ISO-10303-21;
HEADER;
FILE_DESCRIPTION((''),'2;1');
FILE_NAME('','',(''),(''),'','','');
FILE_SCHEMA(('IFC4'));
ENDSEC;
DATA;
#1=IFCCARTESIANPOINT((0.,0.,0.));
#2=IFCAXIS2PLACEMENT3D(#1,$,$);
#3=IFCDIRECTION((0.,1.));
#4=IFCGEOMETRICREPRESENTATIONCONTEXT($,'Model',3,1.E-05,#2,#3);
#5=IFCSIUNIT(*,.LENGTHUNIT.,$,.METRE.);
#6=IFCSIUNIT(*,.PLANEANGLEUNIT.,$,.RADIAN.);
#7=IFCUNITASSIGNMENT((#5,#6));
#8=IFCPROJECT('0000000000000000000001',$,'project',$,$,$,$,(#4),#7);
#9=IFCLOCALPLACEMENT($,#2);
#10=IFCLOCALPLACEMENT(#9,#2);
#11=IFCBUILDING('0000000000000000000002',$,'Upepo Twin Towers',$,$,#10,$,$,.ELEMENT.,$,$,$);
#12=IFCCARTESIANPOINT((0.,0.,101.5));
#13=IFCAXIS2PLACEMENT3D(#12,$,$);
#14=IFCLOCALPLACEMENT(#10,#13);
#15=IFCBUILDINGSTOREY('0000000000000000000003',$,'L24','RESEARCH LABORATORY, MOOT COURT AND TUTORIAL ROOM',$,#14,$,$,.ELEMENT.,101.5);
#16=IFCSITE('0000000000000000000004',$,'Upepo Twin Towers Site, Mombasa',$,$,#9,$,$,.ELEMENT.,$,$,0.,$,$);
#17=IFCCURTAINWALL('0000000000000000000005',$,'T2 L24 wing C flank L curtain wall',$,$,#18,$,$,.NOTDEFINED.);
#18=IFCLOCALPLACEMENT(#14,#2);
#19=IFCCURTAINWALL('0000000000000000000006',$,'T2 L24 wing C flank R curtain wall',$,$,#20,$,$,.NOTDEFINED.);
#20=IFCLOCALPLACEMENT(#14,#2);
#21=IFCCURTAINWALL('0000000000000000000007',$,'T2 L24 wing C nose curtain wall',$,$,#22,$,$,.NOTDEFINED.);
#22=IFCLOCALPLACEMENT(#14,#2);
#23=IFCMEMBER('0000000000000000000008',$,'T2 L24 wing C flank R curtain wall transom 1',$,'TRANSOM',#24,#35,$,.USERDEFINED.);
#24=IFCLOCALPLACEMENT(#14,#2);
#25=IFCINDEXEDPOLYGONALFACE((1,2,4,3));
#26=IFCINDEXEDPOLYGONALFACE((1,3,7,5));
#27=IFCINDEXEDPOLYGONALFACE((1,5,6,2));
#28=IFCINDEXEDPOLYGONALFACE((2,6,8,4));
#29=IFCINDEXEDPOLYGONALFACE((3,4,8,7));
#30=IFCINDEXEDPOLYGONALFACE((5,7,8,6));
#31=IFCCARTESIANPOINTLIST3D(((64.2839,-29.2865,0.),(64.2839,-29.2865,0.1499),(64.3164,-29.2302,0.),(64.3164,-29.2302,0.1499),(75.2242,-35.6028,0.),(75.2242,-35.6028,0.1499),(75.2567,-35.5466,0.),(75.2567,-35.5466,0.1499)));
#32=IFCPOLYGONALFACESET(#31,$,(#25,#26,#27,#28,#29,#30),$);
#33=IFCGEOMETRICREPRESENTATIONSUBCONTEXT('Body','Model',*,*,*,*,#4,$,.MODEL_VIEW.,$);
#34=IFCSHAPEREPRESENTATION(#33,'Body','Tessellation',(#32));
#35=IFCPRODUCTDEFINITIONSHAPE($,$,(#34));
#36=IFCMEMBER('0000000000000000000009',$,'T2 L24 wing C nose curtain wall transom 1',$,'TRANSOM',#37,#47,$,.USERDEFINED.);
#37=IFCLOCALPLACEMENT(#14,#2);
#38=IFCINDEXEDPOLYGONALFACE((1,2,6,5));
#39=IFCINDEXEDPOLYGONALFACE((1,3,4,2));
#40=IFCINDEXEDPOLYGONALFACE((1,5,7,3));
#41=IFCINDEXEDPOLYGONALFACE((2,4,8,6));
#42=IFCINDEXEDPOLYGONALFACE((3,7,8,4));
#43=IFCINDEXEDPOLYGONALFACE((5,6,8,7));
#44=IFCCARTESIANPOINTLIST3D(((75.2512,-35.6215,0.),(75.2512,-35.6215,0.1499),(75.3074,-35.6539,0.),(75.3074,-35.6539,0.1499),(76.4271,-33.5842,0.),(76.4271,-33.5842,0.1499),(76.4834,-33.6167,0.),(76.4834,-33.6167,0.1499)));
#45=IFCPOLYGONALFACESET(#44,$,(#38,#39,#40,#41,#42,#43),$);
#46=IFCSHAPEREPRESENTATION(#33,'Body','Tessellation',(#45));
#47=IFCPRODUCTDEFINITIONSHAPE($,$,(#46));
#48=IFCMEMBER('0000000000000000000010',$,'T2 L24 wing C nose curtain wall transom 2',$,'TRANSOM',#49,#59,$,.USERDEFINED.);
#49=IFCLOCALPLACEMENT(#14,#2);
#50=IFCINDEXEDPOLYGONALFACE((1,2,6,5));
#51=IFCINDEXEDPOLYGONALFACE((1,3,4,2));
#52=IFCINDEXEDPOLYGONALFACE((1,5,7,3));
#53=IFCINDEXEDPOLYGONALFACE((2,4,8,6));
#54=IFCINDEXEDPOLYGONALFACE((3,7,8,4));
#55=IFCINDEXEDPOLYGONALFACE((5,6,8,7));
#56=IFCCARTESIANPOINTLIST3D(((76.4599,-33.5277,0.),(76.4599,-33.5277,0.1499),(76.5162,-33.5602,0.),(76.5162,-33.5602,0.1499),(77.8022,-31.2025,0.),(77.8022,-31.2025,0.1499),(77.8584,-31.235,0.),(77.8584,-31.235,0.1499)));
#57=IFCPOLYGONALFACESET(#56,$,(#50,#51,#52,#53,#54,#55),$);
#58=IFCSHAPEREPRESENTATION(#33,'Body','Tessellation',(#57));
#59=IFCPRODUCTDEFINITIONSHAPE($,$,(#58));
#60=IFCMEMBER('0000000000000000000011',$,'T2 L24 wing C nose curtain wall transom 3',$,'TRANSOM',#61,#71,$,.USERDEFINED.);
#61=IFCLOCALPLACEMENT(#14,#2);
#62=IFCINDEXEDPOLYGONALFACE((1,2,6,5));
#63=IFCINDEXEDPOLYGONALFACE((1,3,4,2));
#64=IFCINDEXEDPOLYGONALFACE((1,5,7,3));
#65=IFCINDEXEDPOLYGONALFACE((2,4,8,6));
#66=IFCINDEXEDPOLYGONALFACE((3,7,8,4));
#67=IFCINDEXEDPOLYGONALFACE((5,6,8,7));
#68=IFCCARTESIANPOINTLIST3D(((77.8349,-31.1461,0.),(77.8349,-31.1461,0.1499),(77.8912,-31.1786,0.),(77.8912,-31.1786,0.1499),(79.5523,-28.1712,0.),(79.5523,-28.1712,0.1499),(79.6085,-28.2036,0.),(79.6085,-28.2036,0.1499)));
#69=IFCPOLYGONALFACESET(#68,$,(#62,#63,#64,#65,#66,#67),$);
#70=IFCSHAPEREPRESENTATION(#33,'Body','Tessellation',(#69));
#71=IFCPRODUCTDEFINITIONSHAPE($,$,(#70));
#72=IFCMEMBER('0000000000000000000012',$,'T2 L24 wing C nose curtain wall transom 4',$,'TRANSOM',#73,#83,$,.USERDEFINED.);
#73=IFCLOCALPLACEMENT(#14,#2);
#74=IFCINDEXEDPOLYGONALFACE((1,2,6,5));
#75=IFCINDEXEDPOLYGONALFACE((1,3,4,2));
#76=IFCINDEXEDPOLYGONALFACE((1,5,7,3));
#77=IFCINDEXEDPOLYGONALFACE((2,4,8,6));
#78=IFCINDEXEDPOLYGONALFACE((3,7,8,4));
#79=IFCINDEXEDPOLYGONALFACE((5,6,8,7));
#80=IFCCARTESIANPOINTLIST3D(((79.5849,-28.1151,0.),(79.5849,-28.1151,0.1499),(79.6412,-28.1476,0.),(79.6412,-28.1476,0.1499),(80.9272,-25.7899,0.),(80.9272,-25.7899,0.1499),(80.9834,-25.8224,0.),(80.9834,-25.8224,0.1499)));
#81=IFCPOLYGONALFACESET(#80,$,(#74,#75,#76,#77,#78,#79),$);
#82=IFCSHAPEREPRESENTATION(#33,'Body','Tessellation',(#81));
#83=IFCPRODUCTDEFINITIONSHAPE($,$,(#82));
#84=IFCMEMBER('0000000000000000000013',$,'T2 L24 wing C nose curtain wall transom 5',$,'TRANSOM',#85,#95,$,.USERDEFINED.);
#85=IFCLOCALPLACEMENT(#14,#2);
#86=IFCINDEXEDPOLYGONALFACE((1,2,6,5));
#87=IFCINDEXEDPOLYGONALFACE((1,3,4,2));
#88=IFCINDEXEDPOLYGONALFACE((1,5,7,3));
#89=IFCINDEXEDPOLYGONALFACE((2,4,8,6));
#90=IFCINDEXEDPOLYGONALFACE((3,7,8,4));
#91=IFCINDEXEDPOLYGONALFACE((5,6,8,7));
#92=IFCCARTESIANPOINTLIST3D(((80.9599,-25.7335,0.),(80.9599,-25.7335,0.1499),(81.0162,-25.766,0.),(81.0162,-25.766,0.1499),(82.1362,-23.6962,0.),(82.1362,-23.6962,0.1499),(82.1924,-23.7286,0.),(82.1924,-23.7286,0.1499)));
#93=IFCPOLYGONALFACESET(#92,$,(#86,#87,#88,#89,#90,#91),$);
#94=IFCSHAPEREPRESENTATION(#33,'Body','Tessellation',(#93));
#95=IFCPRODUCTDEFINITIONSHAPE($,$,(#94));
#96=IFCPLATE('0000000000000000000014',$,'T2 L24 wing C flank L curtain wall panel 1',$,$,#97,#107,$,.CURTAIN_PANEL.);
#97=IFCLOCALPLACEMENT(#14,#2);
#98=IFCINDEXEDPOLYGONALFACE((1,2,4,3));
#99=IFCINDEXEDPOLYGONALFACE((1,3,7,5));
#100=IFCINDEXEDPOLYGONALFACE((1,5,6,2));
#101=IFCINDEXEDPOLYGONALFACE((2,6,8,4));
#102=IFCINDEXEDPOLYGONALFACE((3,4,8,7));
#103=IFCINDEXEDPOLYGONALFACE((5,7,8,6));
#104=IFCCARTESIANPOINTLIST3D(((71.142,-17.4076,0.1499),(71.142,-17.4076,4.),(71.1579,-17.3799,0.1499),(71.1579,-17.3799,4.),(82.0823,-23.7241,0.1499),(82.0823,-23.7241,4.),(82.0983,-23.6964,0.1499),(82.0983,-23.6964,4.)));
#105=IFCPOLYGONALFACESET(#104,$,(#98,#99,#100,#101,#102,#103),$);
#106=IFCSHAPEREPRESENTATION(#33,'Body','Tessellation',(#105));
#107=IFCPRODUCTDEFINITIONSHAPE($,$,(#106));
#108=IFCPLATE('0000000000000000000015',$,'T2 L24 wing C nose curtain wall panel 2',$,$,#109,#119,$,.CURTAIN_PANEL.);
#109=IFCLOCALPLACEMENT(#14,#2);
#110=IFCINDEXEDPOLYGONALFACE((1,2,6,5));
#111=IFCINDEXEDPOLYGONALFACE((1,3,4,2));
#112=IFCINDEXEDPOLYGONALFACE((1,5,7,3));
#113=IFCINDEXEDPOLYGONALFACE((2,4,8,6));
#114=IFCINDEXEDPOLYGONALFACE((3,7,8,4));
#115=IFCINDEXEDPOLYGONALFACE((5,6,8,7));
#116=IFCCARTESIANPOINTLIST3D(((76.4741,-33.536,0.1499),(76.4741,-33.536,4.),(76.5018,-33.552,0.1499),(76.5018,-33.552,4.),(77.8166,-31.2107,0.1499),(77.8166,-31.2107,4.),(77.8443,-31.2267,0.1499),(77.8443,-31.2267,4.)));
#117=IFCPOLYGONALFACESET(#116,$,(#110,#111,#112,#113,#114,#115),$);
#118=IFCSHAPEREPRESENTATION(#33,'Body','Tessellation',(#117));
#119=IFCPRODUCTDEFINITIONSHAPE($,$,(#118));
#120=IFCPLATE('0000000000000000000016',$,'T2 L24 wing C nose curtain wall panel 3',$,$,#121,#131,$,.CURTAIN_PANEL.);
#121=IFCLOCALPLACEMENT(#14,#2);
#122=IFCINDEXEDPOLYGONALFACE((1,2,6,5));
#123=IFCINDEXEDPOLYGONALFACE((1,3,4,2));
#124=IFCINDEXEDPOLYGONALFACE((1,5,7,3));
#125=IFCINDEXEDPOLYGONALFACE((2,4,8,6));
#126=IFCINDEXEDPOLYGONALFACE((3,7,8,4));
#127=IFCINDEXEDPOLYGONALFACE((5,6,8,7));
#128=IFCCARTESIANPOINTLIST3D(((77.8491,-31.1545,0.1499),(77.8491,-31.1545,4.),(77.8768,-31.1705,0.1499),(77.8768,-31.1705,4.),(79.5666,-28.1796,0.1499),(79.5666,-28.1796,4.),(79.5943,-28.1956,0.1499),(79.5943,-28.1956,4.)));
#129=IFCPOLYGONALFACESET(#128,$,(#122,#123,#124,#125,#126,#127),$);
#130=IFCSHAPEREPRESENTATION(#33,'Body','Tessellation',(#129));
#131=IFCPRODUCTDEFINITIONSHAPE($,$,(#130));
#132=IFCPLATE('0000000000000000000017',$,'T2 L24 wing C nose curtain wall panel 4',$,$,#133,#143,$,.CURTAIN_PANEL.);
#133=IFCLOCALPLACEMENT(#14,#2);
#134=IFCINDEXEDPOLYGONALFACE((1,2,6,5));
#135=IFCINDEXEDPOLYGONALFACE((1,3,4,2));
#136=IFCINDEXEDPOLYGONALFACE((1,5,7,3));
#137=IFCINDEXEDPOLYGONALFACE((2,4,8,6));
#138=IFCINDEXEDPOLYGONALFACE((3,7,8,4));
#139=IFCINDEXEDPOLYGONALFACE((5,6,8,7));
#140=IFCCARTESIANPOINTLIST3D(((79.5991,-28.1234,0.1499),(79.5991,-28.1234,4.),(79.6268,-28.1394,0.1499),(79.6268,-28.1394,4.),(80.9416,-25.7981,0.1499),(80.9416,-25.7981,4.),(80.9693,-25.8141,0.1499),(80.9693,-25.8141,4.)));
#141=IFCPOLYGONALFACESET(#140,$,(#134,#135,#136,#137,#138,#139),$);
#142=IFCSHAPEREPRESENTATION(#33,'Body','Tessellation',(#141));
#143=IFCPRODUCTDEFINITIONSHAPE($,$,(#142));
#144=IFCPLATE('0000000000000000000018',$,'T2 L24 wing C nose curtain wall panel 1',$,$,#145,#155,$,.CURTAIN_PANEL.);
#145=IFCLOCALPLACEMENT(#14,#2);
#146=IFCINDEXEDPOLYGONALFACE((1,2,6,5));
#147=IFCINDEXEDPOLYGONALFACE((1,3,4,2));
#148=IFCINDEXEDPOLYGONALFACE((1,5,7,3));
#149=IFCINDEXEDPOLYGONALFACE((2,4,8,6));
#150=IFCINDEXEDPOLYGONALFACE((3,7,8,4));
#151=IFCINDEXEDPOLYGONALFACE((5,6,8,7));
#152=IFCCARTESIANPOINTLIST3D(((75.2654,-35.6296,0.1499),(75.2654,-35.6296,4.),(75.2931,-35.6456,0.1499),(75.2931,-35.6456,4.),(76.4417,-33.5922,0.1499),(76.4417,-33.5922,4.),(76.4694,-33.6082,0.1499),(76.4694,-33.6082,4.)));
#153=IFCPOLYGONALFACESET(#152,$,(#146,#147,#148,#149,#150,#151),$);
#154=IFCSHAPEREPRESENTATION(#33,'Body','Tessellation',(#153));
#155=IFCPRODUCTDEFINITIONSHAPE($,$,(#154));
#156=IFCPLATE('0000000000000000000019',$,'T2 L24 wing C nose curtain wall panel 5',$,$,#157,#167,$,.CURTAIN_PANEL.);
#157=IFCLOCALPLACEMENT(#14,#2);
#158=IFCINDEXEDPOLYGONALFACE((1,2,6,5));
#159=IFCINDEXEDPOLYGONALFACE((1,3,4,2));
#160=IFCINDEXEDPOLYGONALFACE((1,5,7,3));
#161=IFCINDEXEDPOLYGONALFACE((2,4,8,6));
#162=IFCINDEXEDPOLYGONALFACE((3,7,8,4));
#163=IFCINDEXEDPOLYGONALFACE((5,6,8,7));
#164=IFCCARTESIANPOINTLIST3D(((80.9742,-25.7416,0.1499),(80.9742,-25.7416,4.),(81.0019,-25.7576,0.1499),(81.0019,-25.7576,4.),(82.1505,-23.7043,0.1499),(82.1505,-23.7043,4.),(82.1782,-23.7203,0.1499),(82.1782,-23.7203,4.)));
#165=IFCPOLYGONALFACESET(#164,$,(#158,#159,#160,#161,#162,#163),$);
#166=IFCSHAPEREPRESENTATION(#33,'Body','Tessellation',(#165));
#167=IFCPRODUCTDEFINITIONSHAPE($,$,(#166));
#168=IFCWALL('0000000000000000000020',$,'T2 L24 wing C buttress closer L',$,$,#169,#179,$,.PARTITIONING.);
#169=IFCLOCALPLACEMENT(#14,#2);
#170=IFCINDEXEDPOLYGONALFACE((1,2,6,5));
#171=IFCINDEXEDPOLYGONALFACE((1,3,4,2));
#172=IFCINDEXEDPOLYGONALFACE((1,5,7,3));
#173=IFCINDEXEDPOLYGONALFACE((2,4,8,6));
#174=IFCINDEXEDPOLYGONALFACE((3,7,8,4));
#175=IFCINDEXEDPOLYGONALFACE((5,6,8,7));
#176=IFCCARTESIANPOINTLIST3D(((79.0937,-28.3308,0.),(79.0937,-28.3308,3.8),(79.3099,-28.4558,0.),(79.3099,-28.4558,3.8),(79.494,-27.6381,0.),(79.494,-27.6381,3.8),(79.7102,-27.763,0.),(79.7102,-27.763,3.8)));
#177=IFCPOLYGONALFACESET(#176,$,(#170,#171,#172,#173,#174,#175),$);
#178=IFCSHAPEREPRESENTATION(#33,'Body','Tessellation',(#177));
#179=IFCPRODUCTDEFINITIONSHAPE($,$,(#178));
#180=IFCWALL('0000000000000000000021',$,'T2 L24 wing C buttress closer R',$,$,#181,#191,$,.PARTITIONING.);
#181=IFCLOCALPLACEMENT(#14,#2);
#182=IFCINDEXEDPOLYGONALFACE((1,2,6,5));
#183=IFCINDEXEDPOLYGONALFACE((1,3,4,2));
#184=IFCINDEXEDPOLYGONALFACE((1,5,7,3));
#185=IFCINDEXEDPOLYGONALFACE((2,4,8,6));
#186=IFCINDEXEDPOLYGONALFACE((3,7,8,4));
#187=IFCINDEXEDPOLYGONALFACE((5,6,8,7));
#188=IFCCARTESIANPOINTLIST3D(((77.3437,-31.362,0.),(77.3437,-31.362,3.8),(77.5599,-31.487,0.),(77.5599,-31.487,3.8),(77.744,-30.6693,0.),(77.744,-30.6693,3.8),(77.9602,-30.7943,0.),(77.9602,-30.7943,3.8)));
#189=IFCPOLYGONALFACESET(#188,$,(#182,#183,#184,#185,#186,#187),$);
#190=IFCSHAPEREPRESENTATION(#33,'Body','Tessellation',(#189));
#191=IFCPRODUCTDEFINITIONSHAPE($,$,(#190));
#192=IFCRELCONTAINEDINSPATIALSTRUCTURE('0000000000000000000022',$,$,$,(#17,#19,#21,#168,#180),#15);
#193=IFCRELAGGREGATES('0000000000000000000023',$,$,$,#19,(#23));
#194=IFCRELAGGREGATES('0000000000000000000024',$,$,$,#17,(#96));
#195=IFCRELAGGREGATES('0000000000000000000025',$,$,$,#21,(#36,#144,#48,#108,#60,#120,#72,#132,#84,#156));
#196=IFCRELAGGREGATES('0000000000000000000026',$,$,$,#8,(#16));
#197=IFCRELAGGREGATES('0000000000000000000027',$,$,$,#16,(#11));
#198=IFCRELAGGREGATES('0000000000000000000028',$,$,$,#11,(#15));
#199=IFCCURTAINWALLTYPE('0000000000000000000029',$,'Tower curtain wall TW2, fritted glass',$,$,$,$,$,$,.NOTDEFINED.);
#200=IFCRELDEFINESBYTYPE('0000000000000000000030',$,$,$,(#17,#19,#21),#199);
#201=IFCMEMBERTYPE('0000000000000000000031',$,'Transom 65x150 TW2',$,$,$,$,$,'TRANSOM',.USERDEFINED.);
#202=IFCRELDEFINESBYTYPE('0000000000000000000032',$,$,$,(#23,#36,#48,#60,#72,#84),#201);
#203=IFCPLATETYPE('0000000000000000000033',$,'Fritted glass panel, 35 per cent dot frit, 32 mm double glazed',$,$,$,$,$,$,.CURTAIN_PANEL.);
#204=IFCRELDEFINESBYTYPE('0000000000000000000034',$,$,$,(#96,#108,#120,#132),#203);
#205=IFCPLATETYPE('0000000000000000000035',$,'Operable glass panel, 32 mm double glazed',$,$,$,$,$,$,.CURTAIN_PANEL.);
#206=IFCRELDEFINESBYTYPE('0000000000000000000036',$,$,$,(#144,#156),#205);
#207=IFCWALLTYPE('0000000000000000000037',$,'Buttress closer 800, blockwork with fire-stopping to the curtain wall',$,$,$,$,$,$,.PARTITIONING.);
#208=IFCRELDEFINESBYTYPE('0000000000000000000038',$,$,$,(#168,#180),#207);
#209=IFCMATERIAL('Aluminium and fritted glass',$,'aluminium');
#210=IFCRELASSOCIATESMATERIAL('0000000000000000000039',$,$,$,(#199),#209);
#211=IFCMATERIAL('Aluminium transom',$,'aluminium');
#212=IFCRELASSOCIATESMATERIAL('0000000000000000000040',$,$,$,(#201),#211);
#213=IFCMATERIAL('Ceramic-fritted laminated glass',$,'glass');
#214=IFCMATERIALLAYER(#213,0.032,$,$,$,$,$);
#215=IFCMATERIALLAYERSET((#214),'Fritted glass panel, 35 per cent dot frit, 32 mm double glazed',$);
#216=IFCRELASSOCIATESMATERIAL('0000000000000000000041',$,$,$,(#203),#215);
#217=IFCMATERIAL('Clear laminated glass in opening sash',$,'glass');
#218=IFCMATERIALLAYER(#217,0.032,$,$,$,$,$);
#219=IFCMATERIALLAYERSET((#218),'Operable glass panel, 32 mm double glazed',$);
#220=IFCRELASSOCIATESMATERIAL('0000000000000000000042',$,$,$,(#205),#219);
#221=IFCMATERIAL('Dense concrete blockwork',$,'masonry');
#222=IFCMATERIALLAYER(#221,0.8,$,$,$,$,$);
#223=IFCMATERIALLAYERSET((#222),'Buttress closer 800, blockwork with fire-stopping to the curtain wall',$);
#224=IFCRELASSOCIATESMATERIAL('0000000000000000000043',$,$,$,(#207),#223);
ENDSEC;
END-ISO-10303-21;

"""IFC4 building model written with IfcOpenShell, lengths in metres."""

from ifc_helpers import new_model, si_unit, direction, frame, frame_2d, origin, origin_2d, place, context, subcontext, project, spatial, rectangle, extrude, material, layer, layer_set, material_profile, profile_set, type_object, element, aggregate, save


model = new_model("IFC4")

# Units and contexts
model_context = context("Model", 3, precision=1e-05, world=origin(), true_north=direction((0.0, 1.0)))
body_context = subcontext(model_context, "Body", "Model", "MODEL_VIEW")
ifc_project = project(units=[si_unit("LENGTHUNIT", "METRE"), si_unit("PLANEANGLEUNIT", "RADIAN")], contexts=[model_context])

# Site, building, storey
site_placement = place(None, origin())
site = spatial("IfcSite", under=ifc_project, at=site_placement, Name="Upepo Twin Towers Site, Mombasa", CompositionType="ELEMENT", RefElevation=0.0)
building_placement = place(site_placement, origin())
building = spatial("IfcBuilding", under=site, at=building_placement, Name="Upepo Twin Towers", CompositionType="ELEMENT")
storey_placement = place(building_placement, frame((0.0, 0.0, 101.5)))
storey = spatial("IfcBuildingStorey", under=building, at=storey_placement, Name="L24", Description="RESEARCH LABORATORY, MOOT COURT AND TUTORIAL ROOM", CompositionType="ELEMENT", Elevation=101.5)

# Curtain walls
ifc_material_1 = material(Name="Aluminium and fritted glass", Category="aluminium")
curtain_wall_type = type_object("IfcCurtainWallType", Name="Tower curtain wall TW2, fritted glass", PredefinedType="NOTDEFINED", material=ifc_material_1)
curtain_wall_1_placement = place(storey_placement, origin())
curtain_wall_1 = element("IfcCurtainWall", 1, at=curtain_wall_1_placement, inside=storey, type_object=curtain_wall_type, Name="T2 L24 wing C flank L curtain wall", PredefinedType="NOTDEFINED")
curtain_wall_2_placement = place(storey_placement, origin())
curtain_wall_2 = element("IfcCurtainWall", 2, at=curtain_wall_2_placement, inside=storey, type_object=curtain_wall_type, Name="T2 L24 wing C flank R curtain wall", PredefinedType="NOTDEFINED")

# Curtain wall
curtain_wall_3_placement = place(storey_placement, origin())
curtain_wall_3 = element("IfcCurtainWall", 3, at=curtain_wall_3_placement, inside=storey, type_object=curtain_wall_type, Name="T2 L24 wing C nose curtain wall", PredefinedType="NOTDEFINED")

# Members
ifc_material_2 = material(Name="Aluminium transom", Category="aluminium")
ifc_material_profile_1 = material_profile(ifc_material_2, rectangle(XDim=0.0649, YDim=0.1499, at=origin_2d()), Name="TRANSOM 65x150")
ifc_profile_set_1 = profile_set([ifc_material_profile_1], Name="Aluminium transom")
member_type_1 = type_object("IfcMemberType", Name="Transom 65x150 TW2", ElementType="TRANSOM", PredefinedType="USERDEFINED", material=ifc_profile_set_1)
member_1_placement = place(storey_placement, frame((75.2405, -35.5747, 0.075), z_axis=(-0.866027, 0.499997, 0.0), x_axis=(-0.499997, -0.866027, 0.0)))
member_1 = element("IfcMember", 4, at=member_1_placement, type_object=member_type_1, Name="T2 L24 wing C flank R curtain wall transom 1", ObjectType="TRANSOM", PredefinedType="USERDEFINED", context=body_context, shape_type="SweptSolid", body=[
    extrude(rectangle(XDim=0.0649, YDim=0.1499, at=origin_2d()), origin(), (0.0, 0.0, 1.0), 12.6328),
])
aggregate(curtain_wall_2, [member_1])
member_2_placement = place(storey_placement, frame((75.2793, -35.6377, 0.075), z_axis=(0.499923, 0.86607, 0.0), x_axis=(-0.86607, 0.499923, 0.0)))
member_2 = element("IfcMember", 5, at=member_2_placement, type_object=member_type_1, Name="T2 L24 wing C nose curtain wall transom 1", ObjectType="TRANSOM", PredefinedType="USERDEFINED", context=body_context, shape_type="SweptSolid", body=[
    extrude(rectangle(XDim=0.0649, YDim=0.1499, at=origin_2d()), origin(), (0.0, 0.0, 1.0), 2.3523),
])
member_3_placement = place(storey_placement, frame((76.488, -33.5439, 0.075), z_axis=(0.499953, 0.866052, 0.0), x_axis=(-0.866052, 0.499953, 0.0)))
member_3 = element("IfcMember", 6, at=member_3_placement, type_object=member_type_1, Name="T2 L24 wing C nose curtain wall transom 2", ObjectType="TRANSOM", PredefinedType="USERDEFINED", context=body_context, shape_type="SweptSolid", body=[
    extrude(rectangle(XDim=0.0649, YDim=0.1499, at=origin_2d()), origin(), (0.0, 0.0, 1.0), 2.6848),
])
member_4_placement = place(storey_placement, frame((77.863, -31.1624, 0.075), z_axis=(0.499946, 0.866057, 0.0), x_axis=(-0.866057, 0.499946, 0.0)))
member_4 = element("IfcMember", 7, at=member_4_placement, type_object=member_type_1, Name="T2 L24 wing C nose curtain wall transom 3", ObjectType="TRANSOM", PredefinedType="USERDEFINED", context=body_context, shape_type="SweptSolid", body=[
    extrude(rectangle(XDim=0.0649, YDim=0.1499, at=origin_2d()), origin(), (0.0, 0.0, 1.0), 3.4351),
])
member_5_placement = place(storey_placement, frame((79.613, -28.1313, 0.075), z_axis=(0.499953, 0.866052, 0.0), x_axis=(-0.866052, 0.499953, 0.0)))
member_5 = element("IfcMember", 8, at=member_5_placement, type_object=member_type_1, Name="T2 L24 wing C nose curtain wall transom 4", ObjectType="TRANSOM", PredefinedType="USERDEFINED", context=body_context, shape_type="SweptSolid", body=[
    extrude(rectangle(XDim=0.0649, YDim=0.1499, at=origin_2d()), origin(), (0.0, 0.0, 1.0), 2.6848),
])
member_6_placement = place(storey_placement, frame((80.988, -25.7498, 0.075), z_axis=(0.500001, 0.866025, 0.0), x_axis=(-0.866025, 0.500001, 0.0)))
member_6 = element("IfcMember", 9, at=member_6_placement, type_object=member_type_1, Name="T2 L24 wing C nose curtain wall transom 5", ObjectType="TRANSOM", PredefinedType="USERDEFINED", context=body_context, shape_type="SweptSolid", body=[
    extrude(rectangle(XDim=0.0649, YDim=0.1499, at=origin_2d()), origin(), (0.0, 0.0, 1.0), 2.3525),
])

# Plates
ifc_material_3 = material(Name="Ceramic-fritted laminated glass", Category="glass")
ifc_layer_1 = layer(ifc_material_3, 0.032)
ifc_layer_set_1 = layer_set([ifc_layer_1], Name="Fritted glass panel, 35 per cent dot frit, 32 mm double glazed")
plate_type_1 = type_object("IfcPlateType", Name="Fritted glass panel, 35 per cent dot frit, 32 mm double glazed", PredefinedType="CURTAIN_PANEL", material=ifc_layer_set_1)
plate_1_placement = place(storey_placement, frame((76.6201, -20.552, 0.1499), z_axis=(0.0, 0.0, 1.0), x_axis=(0.866025, -0.5, 0.0)))
plate_1 = element("IfcPlate", 10, at=plate_1_placement, type_object=plate_type_1, Name="T2 L24 wing C flank L curtain wall panel 1", PredefinedType="CURTAIN_PANEL", context=body_context, shape_type="SweptSolid", body=[
    extrude(rectangle(XDim=12.6328, YDim=0.032, at=origin_2d()), origin(), (0.0, 0.0, 1.0), 3.8501),
])
aggregate(curtain_wall_1, [plate_1])
plate_2_placement = place(storey_placement, frame((77.1592, -32.3813, 0.1499), z_axis=(0.0, 0.0, 1.0), x_axis=(0.5, 0.866025, 0.0)))
plate_2 = element("IfcPlate", 11, at=plate_2_placement, type_object=plate_type_1, Name="T2 L24 wing C nose curtain wall panel 2", PredefinedType="CURTAIN_PANEL", context=body_context, shape_type="SweptSolid", body=[
    extrude(rectangle(XDim=2.6851, YDim=0.032, at=origin_2d()), origin(), (0.0, 0.0, 1.0), 3.8501),
])
plate_3_placement = place(storey_placement, frame((78.7217, -29.675, 0.1499), z_axis=(0.0, 0.0, 1.0), x_axis=(0.5, 0.866025, 0.0)))
plate_3 = element("IfcPlate", 12, at=plate_3_placement, type_object=plate_type_1, Name="T2 L24 wing C nose curtain wall panel 3", PredefinedType="CURTAIN_PANEL", context=body_context, shape_type="SweptSolid", body=[
    extrude(rectangle(XDim=3.4351, YDim=0.032, at=origin_2d()), origin(), (0.0, 0.0, 1.0), 3.8501),
])
plate_4_placement = place(storey_placement, frame((80.2842, -26.9688, 0.1499), z_axis=(0.0, 0.0, 1.0), x_axis=(0.5, 0.866025, 0.0)))
plate_4 = element("IfcPlate", 13, at=plate_4_placement, type_object=plate_type_1, Name="T2 L24 wing C nose curtain wall panel 4", PredefinedType="CURTAIN_PANEL", context=body_context, shape_type="SweptSolid", body=[
    extrude(rectangle(XDim=2.6851, YDim=0.032, at=origin_2d()), origin(), (0.0, 0.0, 1.0), 3.8501),
])
ifc_material_4 = material(Name="Clear laminated glass in opening sash", Category="glass")
ifc_layer_2 = layer(ifc_material_4, 0.032)
ifc_layer_set_2 = layer_set([ifc_layer_2], Name="Operable glass panel, 32 mm double glazed")
plate_type_2 = type_object("IfcPlateType", Name="Operable glass panel, 32 mm double glazed", PredefinedType="CURTAIN_PANEL", material=ifc_layer_set_2)
plate_5_placement = place(storey_placement, frame((75.8674, -34.6189, 0.1499), z_axis=(0.0, 0.0, 1.0), x_axis=(0.5, 0.866025, 0.0)))
plate_5 = element("IfcPlate", 14, at=plate_5_placement, type_object=plate_type_2, Name="T2 L24 wing C nose curtain wall panel 1", PredefinedType="CURTAIN_PANEL", context=body_context, shape_type="SweptSolid", body=[
    extrude(rectangle(XDim=2.3525, YDim=0.032, at=origin_2d()), origin(), (0.0, 0.0, 1.0), 3.8501),
])
plate_6_placement = place(storey_placement, frame((81.5762, -24.731, 0.1499), z_axis=(0.0, 0.0, 1.0), x_axis=(0.5, 0.866025, 0.0)))
plate_6 = element("IfcPlate", 15, at=plate_6_placement, type_object=plate_type_2, Name="T2 L24 wing C nose curtain wall panel 5", PredefinedType="CURTAIN_PANEL", context=body_context, shape_type="SweptSolid", body=[
    extrude(rectangle(XDim=2.3525, YDim=0.032, at=origin_2d()), origin(), (0.0, 0.0, 1.0), 3.8501),
])
aggregate(curtain_wall_3, [member_2, plate_5, member_3, plate_2, member_4, plate_3, member_5, plate_4, member_6, plate_6])

# Walls
ifc_material_5 = material(Name="Dense concrete blockwork", Category="masonry")
ifc_layer_3 = layer(ifc_material_5, 0.8)
ifc_layer_set_3 = layer_set([ifc_layer_3], Name="Buttress closer 800, blockwork with fire-stopping to the curtain wall")
wall_type = type_object("IfcWallType", Name="Buttress closer 800, blockwork with fire-stopping to the curtain wall", PredefinedType="PARTITIONING", material=ifc_layer_set_3)
for number, where, z_axis, x_axis, name in (
    (16, (79.2937, -27.9844, 0.0), (0.0, 0.0, 1.0), (0.865827, -0.500343, 0.0), "T2 L24 wing C buttress closer L"),
    (17, (77.5437, -31.0156, 0.0), (0.0, 0.0, 1.0), (0.865827, -0.500343, 0.0), "T2 L24 wing C buttress closer R"),
):
    element("IfcWall", number, at=place(storey_placement, frame(where, z_axis=z_axis, x_axis=x_axis)), inside=storey, type_object=wall_type, Name=name, PredefinedType="PARTITIONING", context=body_context, shape_type="SweptSolid", body=[
        extrude(rectangle(XDim=0.2498, YDim=0.8, at=frame_2d((0.125, 0.0))), origin(), (0.0, 0.0, 1.0), 3.8),
    ])

save(model, "model.ifc")
